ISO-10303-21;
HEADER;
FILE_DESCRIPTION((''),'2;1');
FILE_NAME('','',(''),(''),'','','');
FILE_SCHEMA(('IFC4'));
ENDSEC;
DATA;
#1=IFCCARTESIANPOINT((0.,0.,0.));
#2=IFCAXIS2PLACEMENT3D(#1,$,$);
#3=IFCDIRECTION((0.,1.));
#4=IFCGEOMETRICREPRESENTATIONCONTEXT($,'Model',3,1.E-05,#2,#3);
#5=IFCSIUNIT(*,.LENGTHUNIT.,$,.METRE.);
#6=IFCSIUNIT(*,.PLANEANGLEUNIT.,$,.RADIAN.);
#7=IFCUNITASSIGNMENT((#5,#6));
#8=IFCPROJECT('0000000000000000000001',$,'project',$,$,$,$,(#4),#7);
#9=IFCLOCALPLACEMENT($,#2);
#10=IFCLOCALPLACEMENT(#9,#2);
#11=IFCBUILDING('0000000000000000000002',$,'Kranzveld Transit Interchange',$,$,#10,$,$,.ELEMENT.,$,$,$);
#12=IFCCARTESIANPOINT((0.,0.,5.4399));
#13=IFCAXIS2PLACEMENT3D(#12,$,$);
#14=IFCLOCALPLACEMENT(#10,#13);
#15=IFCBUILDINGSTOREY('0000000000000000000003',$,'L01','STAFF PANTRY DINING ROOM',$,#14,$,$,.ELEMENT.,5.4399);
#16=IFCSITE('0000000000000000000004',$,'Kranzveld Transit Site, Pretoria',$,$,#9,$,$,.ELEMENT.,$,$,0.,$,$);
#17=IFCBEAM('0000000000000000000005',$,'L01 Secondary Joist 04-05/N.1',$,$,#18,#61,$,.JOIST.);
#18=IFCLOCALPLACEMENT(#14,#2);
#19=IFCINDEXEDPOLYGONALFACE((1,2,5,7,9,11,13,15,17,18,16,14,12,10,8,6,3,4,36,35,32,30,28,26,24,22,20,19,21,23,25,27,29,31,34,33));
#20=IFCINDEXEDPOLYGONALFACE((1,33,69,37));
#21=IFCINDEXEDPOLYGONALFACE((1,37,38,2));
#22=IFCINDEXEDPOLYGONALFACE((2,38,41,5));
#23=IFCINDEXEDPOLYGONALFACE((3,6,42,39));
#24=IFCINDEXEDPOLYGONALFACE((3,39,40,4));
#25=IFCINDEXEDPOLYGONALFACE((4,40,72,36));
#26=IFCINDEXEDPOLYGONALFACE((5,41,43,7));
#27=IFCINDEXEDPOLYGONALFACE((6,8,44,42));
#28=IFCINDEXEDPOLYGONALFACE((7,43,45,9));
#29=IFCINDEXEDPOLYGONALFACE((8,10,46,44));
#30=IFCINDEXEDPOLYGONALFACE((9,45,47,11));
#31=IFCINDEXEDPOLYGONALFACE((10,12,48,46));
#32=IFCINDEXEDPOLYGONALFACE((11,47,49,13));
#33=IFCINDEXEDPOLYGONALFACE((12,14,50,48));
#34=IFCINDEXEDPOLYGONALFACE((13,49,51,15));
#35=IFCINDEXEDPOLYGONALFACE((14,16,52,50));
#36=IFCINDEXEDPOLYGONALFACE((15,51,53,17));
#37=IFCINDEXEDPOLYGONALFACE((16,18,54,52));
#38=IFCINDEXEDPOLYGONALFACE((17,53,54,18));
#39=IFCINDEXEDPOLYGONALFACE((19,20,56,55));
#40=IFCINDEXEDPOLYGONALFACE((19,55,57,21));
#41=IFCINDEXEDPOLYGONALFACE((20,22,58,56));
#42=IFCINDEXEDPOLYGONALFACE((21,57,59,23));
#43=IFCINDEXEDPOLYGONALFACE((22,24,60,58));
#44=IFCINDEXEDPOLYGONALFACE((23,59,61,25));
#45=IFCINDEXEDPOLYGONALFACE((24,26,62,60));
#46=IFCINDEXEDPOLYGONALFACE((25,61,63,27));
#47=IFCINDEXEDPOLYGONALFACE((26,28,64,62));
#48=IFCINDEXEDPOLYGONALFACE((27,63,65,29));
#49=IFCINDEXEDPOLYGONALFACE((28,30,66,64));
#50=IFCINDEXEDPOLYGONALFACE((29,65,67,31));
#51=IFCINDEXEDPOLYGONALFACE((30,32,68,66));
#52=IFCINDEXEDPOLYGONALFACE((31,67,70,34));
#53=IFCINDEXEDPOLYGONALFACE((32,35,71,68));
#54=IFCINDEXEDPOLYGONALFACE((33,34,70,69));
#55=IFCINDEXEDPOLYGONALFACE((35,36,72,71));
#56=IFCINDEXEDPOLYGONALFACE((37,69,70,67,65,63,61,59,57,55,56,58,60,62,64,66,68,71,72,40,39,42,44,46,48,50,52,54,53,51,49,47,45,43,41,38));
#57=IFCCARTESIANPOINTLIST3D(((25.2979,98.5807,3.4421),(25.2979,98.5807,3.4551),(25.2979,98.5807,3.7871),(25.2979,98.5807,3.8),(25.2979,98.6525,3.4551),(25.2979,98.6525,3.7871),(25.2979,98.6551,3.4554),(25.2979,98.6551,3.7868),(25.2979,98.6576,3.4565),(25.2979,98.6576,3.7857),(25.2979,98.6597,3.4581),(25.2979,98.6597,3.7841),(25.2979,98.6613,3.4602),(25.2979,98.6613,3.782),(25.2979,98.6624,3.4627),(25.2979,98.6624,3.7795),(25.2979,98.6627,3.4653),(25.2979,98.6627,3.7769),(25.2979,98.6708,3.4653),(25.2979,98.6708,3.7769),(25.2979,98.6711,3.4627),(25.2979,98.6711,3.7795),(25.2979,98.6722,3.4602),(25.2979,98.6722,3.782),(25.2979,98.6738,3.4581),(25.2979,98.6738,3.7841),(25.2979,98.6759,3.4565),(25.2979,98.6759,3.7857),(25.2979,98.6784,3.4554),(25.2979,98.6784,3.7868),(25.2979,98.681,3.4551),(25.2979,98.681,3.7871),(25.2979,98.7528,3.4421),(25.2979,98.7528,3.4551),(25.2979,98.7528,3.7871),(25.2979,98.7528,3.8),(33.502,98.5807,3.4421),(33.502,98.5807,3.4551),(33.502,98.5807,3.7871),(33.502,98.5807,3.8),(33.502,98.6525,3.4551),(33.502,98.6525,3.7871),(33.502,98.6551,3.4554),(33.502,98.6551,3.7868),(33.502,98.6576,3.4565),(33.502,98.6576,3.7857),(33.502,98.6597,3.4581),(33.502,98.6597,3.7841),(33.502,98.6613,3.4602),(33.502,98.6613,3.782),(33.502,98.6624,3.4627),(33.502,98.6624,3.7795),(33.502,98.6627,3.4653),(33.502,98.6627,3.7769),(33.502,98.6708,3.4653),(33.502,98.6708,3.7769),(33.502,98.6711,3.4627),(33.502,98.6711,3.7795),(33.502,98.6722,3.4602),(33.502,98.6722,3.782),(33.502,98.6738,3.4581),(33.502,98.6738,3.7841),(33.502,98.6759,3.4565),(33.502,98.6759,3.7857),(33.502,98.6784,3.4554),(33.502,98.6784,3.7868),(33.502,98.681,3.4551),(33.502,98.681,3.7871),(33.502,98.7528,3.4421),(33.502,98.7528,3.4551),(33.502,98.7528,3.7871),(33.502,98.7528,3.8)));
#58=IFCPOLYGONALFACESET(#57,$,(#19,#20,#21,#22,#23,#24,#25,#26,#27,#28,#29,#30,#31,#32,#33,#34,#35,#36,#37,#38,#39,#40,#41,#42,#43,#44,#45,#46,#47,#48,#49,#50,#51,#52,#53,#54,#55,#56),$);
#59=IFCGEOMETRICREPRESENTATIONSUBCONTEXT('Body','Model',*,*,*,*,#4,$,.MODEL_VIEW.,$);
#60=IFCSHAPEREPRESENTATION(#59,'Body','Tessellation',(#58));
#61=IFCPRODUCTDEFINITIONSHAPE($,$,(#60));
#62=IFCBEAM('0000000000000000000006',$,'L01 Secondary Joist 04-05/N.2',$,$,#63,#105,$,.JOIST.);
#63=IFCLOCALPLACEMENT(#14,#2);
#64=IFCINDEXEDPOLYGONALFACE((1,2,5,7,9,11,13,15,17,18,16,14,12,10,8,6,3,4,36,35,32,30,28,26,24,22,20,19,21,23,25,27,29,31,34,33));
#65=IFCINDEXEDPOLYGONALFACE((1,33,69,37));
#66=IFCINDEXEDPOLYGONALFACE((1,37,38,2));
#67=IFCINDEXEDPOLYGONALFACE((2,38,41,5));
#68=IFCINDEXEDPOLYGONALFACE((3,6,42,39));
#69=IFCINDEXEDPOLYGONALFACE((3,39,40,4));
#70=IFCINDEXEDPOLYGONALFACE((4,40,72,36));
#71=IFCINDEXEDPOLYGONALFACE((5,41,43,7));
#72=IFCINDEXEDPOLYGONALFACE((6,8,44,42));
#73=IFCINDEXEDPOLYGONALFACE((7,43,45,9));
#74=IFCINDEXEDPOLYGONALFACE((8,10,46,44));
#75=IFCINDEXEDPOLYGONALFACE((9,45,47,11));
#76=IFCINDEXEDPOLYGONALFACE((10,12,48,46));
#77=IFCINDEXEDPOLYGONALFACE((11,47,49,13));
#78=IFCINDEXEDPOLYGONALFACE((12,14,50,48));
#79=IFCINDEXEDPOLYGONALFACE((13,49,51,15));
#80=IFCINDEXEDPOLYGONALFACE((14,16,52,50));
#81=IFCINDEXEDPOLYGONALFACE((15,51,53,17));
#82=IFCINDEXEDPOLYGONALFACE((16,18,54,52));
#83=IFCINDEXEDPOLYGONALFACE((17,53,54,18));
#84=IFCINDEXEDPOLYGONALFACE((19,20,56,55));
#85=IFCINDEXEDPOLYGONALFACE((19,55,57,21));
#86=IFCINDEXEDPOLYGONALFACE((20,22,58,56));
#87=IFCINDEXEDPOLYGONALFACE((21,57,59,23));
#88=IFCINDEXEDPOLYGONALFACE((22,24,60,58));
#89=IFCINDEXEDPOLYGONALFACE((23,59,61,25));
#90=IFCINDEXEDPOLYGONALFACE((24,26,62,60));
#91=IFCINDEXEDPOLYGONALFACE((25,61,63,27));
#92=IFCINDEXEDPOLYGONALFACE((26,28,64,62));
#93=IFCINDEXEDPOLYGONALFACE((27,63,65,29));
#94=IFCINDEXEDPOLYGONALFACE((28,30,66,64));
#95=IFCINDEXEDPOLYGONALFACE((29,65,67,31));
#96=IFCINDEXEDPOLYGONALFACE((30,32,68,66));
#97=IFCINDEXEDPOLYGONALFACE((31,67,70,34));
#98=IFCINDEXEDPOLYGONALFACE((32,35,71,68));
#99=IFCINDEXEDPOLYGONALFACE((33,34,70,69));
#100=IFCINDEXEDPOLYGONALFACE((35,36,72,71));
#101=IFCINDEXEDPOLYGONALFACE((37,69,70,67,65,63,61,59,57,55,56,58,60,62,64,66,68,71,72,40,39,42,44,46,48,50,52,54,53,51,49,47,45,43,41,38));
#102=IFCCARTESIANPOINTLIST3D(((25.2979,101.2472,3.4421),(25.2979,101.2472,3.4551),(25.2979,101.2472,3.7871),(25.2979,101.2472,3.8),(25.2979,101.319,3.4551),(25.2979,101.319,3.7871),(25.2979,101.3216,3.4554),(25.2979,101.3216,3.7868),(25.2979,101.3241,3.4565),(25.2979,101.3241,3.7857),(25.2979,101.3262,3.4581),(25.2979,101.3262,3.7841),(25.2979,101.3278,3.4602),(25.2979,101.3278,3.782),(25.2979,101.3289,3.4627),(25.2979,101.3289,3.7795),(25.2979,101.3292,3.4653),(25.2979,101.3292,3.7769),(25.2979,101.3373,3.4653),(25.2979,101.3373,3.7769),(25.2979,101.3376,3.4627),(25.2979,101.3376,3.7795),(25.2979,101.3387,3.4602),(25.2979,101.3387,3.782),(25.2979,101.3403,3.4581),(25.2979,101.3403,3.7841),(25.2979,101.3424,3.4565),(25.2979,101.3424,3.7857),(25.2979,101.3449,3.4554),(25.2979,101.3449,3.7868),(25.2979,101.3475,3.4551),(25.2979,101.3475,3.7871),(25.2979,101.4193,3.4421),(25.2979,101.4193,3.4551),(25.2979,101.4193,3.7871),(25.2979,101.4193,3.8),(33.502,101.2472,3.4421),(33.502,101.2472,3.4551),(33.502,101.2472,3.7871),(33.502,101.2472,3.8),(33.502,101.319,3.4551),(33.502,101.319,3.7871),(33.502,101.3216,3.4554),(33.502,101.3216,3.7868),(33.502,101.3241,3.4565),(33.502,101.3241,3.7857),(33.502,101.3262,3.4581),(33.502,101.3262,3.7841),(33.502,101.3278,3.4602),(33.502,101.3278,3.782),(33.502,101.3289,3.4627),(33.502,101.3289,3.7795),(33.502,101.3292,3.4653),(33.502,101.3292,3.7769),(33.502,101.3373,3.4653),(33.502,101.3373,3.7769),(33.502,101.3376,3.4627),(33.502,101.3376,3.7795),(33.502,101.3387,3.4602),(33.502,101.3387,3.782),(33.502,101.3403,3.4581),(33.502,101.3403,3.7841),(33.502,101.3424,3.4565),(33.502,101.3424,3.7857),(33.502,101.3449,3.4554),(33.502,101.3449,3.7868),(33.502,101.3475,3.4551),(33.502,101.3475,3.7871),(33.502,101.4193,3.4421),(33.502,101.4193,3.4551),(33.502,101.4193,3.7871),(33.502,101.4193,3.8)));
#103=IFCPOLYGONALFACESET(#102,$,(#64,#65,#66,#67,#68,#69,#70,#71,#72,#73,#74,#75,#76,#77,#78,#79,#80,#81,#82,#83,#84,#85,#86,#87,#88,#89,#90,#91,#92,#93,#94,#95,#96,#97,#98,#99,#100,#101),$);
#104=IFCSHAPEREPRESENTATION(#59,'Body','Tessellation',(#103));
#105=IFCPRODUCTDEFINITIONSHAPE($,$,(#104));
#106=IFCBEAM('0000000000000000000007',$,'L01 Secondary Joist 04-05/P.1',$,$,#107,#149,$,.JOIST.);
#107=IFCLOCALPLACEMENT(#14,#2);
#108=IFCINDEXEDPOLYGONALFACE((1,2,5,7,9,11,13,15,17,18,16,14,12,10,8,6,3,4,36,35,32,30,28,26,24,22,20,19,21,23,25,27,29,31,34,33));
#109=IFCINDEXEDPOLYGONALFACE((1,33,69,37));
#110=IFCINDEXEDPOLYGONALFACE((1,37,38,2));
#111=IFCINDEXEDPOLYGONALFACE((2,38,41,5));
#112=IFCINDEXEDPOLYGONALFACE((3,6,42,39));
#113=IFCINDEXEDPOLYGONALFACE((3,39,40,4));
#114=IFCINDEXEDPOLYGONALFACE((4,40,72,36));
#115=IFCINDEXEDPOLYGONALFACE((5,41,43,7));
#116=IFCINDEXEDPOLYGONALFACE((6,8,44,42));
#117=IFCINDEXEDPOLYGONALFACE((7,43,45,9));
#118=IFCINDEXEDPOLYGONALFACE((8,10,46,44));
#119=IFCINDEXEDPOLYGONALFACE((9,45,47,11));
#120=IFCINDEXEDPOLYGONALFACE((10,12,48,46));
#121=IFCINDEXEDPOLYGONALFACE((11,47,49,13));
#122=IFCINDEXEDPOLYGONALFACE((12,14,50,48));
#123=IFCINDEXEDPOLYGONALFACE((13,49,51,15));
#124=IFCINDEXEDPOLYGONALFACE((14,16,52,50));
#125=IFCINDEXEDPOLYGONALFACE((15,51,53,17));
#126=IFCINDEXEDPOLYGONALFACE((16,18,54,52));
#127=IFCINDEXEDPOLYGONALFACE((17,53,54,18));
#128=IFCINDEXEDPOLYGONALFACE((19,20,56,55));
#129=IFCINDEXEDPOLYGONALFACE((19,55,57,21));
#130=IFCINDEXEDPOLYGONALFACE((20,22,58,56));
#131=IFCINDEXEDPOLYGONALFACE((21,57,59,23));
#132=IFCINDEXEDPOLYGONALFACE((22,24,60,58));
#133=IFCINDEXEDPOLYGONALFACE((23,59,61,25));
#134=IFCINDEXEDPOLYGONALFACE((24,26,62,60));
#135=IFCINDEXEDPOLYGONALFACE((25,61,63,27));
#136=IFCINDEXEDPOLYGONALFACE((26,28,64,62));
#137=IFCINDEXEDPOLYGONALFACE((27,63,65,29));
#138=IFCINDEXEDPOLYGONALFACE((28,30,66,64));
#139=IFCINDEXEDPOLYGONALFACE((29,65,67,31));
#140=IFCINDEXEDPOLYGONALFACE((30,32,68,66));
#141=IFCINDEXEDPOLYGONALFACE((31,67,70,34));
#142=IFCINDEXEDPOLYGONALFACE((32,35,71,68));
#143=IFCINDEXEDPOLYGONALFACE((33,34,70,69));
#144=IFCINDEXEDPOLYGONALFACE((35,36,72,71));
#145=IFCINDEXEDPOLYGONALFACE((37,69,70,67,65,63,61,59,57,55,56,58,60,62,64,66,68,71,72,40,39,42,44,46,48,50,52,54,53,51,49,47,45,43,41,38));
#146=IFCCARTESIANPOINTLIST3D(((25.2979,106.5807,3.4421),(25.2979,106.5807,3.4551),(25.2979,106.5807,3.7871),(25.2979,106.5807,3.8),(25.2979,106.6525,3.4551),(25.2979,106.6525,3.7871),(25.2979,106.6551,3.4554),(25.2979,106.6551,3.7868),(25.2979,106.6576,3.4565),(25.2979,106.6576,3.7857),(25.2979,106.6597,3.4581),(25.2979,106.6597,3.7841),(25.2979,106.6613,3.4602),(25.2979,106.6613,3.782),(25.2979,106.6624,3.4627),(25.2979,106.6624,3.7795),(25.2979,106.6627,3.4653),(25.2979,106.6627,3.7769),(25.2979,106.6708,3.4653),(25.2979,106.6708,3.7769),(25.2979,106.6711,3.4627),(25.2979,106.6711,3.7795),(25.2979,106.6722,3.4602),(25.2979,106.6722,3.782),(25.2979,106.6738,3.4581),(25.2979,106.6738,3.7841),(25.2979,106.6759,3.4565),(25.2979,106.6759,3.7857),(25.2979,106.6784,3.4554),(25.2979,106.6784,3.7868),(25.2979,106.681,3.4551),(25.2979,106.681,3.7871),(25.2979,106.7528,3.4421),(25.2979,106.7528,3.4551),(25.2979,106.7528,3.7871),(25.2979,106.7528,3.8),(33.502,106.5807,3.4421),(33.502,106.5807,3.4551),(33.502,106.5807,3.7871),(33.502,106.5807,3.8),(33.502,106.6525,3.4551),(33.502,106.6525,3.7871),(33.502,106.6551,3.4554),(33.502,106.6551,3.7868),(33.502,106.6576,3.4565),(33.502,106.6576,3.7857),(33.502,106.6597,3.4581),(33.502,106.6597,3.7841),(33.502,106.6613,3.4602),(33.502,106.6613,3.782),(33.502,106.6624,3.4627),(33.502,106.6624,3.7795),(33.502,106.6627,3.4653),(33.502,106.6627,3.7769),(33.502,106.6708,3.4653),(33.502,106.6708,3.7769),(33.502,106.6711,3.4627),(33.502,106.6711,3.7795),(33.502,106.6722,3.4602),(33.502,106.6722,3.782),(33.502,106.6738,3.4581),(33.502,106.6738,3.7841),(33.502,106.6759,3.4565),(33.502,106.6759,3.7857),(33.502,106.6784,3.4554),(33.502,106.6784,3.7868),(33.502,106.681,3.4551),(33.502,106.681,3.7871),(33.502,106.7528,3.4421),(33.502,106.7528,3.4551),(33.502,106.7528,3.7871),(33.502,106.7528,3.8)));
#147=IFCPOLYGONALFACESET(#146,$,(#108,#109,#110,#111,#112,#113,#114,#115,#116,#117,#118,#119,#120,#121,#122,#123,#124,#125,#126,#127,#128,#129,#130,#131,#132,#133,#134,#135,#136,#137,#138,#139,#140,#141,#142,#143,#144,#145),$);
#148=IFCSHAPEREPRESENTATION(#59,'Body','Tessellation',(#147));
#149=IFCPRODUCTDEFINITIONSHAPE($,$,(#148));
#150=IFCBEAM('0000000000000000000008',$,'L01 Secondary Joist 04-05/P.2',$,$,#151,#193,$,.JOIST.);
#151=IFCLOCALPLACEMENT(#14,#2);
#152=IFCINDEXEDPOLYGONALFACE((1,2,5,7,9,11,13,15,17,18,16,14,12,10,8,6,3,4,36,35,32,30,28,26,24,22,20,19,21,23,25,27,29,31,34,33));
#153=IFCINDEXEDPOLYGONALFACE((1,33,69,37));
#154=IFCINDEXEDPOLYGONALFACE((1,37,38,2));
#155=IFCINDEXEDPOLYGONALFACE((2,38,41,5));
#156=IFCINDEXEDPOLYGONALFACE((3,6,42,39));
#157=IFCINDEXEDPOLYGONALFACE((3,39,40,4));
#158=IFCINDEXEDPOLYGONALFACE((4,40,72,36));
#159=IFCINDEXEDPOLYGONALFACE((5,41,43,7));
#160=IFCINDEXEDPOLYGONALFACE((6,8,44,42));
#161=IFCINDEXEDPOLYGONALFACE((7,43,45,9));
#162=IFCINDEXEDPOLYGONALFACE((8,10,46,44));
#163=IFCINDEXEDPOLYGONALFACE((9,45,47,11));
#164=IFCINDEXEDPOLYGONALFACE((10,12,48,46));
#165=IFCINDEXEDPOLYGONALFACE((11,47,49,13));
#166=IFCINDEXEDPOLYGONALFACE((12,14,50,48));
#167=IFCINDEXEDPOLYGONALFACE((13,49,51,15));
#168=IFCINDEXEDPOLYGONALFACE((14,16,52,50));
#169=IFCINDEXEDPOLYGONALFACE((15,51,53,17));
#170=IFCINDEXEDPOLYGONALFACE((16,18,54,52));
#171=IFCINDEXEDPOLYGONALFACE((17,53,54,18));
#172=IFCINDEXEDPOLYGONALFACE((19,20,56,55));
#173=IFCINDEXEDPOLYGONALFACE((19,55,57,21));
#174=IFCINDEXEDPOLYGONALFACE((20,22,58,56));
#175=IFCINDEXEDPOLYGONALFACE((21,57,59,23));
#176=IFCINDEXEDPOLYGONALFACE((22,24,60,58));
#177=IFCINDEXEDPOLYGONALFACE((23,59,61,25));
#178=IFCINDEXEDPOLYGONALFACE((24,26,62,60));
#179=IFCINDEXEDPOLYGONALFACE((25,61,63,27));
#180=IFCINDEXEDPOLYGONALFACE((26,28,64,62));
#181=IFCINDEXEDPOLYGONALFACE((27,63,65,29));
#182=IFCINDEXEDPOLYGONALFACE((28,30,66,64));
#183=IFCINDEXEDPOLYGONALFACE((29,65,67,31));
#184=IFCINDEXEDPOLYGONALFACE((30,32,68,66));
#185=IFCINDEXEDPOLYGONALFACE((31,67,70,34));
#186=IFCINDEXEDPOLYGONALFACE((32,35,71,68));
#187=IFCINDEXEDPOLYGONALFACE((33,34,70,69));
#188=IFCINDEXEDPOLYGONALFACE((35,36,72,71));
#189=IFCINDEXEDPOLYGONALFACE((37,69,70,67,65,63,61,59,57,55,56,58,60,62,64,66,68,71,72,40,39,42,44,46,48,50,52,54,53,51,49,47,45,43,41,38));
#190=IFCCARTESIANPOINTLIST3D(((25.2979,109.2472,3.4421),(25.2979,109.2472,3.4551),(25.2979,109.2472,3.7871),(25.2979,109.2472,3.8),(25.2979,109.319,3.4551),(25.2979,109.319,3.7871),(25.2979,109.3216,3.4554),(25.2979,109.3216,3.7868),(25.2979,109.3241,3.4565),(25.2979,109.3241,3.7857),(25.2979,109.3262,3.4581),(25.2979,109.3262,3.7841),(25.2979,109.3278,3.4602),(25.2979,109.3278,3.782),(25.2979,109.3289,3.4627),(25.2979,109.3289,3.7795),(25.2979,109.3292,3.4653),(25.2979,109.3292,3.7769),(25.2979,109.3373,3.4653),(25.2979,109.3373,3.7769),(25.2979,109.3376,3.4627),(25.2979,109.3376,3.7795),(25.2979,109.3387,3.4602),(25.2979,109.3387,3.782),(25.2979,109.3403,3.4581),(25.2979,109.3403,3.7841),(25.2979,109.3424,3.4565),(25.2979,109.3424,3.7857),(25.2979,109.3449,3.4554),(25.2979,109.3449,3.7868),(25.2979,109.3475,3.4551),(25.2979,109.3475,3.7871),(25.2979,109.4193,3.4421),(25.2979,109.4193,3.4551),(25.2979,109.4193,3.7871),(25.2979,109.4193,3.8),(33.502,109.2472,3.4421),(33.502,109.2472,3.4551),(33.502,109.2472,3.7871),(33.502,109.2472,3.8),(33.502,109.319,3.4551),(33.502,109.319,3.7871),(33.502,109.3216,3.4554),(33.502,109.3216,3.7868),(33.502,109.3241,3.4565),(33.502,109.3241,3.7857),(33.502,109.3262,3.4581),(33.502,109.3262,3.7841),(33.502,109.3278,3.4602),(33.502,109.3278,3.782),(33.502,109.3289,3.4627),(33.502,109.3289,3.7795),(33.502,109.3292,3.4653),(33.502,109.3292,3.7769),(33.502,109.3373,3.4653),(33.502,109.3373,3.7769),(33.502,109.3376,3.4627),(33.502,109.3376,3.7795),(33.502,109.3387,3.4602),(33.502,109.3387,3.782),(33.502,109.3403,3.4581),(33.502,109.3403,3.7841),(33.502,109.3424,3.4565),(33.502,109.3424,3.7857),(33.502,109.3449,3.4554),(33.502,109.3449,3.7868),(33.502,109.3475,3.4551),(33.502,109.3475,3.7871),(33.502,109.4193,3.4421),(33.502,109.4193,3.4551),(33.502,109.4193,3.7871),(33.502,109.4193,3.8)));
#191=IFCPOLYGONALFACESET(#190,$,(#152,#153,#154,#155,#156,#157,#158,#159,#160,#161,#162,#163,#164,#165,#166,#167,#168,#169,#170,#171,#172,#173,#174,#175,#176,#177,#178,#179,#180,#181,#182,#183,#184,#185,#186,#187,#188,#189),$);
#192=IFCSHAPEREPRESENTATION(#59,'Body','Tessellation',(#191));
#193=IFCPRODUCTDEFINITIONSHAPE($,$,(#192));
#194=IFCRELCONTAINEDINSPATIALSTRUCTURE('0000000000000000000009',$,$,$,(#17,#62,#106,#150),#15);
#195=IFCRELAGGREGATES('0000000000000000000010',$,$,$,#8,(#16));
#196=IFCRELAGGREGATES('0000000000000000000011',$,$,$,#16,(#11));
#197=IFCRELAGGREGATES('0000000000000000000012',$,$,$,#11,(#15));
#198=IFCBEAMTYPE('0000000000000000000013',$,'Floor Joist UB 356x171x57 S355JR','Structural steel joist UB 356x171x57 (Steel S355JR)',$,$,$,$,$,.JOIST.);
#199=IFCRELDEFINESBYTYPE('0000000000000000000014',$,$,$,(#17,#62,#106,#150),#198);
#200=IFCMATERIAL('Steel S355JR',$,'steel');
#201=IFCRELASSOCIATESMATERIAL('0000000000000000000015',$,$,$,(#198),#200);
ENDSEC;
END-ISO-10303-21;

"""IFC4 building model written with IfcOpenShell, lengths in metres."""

from ifc_helpers import new_model, si_unit, direction, frame, origin, origin_2d, place, context, subcontext, project, spatial, i_section, extrude, material, material_profile, profile_set, type_object, element, save


model = new_model("IFC4")

# Units and contexts
model_context = context("Model", 3, precision=1e-05, world=origin(), true_north=direction((0.0, 1.0)))
body_context = subcontext(model_context, "Body", "Model", "MODEL_VIEW")
ifc_project = project(units=[si_unit("LENGTHUNIT", "METRE"), si_unit("PLANEANGLEUNIT", "RADIAN")], contexts=[model_context])

# Site, building, storey
site_placement = place(None, origin())
site = spatial("IfcSite", under=ifc_project, at=site_placement, Name="Kranzveld Transit Site, Pretoria", CompositionType="ELEMENT", RefElevation=0.0)
building_placement = place(site_placement, origin())
building = spatial("IfcBuilding", under=site, at=building_placement, Name="Kranzveld Transit Interchange", CompositionType="ELEMENT")
storey_placement = place(building_placement, frame((0.0, 0.0, 5.4399)))
storey = spatial("IfcBuildingStorey", under=building, at=storey_placement, Name="L01", Description="STAFF PANTRY DINING ROOM", CompositionType="ELEMENT", Elevation=5.4399)

# Beams
ifc_material_1 = material(Name="Steel S355JR", Category="steel")
ifc_material_profile_1 = material_profile(ifc_material_1, i_section(OverallWidth=0.1721, OverallDepth=0.3579, WebThickness=0.0081, FlangeThickness=0.0129, FilletRadius=0.0103, at=origin_2d()), Name="UB 356x171x57")
ifc_profile_set_1 = profile_set([ifc_material_profile_1], Name="Steel S355JR")
beam_type_1 = type_object("IfcBeamType", Name="Floor Joist UB 356x171x57 S355JR", Description="Structural steel joist UB 356x171x57 (Steel S355JR)", PredefinedType="JOIST", material=ifc_profile_set_1)
for number, where, z_axis, x_axis, name in (
    (1, (25.2979, 98.6667, 3.6211), (1.0, 0.0, 0.0), (0.0, 1.0, 0.0), "L01 Secondary Joist 04-05/N.1"),
    (2, (25.2979, 101.3333, 3.6211), (1.0, 0.0, 0.0), (0.0, 1.0, 0.0), "L01 Secondary Joist 04-05/N.2"),
    (3, (25.2979, 106.6667, 3.6211), (1.0, 0.0, 0.0), (0.0, 1.0, 0.0), "L01 Secondary Joist 04-05/P.1"),
    (4, (25.2979, 109.3333, 3.6211), (1.0, 0.0, 0.0), (0.0, 1.0, 0.0), "L01 Secondary Joist 04-05/P.2"),
):
    element("IfcBeam", number, at=place(storey_placement, frame(where, z_axis=z_axis, x_axis=x_axis)), inside=storey, type_object=beam_type_1, Name=name, PredefinedType="JOIST", context=body_context, shape_type="SweptSolid", body=[
        extrude(i_section(OverallWidth=0.1721, OverallDepth=0.3579, WebThickness=0.0081, FlangeThickness=0.0129, FilletRadius=0.0103, at=origin_2d()), origin(), (0.0, 0.0, 1.0), 8.2041),
    ])

save(model, "model.ifc")
